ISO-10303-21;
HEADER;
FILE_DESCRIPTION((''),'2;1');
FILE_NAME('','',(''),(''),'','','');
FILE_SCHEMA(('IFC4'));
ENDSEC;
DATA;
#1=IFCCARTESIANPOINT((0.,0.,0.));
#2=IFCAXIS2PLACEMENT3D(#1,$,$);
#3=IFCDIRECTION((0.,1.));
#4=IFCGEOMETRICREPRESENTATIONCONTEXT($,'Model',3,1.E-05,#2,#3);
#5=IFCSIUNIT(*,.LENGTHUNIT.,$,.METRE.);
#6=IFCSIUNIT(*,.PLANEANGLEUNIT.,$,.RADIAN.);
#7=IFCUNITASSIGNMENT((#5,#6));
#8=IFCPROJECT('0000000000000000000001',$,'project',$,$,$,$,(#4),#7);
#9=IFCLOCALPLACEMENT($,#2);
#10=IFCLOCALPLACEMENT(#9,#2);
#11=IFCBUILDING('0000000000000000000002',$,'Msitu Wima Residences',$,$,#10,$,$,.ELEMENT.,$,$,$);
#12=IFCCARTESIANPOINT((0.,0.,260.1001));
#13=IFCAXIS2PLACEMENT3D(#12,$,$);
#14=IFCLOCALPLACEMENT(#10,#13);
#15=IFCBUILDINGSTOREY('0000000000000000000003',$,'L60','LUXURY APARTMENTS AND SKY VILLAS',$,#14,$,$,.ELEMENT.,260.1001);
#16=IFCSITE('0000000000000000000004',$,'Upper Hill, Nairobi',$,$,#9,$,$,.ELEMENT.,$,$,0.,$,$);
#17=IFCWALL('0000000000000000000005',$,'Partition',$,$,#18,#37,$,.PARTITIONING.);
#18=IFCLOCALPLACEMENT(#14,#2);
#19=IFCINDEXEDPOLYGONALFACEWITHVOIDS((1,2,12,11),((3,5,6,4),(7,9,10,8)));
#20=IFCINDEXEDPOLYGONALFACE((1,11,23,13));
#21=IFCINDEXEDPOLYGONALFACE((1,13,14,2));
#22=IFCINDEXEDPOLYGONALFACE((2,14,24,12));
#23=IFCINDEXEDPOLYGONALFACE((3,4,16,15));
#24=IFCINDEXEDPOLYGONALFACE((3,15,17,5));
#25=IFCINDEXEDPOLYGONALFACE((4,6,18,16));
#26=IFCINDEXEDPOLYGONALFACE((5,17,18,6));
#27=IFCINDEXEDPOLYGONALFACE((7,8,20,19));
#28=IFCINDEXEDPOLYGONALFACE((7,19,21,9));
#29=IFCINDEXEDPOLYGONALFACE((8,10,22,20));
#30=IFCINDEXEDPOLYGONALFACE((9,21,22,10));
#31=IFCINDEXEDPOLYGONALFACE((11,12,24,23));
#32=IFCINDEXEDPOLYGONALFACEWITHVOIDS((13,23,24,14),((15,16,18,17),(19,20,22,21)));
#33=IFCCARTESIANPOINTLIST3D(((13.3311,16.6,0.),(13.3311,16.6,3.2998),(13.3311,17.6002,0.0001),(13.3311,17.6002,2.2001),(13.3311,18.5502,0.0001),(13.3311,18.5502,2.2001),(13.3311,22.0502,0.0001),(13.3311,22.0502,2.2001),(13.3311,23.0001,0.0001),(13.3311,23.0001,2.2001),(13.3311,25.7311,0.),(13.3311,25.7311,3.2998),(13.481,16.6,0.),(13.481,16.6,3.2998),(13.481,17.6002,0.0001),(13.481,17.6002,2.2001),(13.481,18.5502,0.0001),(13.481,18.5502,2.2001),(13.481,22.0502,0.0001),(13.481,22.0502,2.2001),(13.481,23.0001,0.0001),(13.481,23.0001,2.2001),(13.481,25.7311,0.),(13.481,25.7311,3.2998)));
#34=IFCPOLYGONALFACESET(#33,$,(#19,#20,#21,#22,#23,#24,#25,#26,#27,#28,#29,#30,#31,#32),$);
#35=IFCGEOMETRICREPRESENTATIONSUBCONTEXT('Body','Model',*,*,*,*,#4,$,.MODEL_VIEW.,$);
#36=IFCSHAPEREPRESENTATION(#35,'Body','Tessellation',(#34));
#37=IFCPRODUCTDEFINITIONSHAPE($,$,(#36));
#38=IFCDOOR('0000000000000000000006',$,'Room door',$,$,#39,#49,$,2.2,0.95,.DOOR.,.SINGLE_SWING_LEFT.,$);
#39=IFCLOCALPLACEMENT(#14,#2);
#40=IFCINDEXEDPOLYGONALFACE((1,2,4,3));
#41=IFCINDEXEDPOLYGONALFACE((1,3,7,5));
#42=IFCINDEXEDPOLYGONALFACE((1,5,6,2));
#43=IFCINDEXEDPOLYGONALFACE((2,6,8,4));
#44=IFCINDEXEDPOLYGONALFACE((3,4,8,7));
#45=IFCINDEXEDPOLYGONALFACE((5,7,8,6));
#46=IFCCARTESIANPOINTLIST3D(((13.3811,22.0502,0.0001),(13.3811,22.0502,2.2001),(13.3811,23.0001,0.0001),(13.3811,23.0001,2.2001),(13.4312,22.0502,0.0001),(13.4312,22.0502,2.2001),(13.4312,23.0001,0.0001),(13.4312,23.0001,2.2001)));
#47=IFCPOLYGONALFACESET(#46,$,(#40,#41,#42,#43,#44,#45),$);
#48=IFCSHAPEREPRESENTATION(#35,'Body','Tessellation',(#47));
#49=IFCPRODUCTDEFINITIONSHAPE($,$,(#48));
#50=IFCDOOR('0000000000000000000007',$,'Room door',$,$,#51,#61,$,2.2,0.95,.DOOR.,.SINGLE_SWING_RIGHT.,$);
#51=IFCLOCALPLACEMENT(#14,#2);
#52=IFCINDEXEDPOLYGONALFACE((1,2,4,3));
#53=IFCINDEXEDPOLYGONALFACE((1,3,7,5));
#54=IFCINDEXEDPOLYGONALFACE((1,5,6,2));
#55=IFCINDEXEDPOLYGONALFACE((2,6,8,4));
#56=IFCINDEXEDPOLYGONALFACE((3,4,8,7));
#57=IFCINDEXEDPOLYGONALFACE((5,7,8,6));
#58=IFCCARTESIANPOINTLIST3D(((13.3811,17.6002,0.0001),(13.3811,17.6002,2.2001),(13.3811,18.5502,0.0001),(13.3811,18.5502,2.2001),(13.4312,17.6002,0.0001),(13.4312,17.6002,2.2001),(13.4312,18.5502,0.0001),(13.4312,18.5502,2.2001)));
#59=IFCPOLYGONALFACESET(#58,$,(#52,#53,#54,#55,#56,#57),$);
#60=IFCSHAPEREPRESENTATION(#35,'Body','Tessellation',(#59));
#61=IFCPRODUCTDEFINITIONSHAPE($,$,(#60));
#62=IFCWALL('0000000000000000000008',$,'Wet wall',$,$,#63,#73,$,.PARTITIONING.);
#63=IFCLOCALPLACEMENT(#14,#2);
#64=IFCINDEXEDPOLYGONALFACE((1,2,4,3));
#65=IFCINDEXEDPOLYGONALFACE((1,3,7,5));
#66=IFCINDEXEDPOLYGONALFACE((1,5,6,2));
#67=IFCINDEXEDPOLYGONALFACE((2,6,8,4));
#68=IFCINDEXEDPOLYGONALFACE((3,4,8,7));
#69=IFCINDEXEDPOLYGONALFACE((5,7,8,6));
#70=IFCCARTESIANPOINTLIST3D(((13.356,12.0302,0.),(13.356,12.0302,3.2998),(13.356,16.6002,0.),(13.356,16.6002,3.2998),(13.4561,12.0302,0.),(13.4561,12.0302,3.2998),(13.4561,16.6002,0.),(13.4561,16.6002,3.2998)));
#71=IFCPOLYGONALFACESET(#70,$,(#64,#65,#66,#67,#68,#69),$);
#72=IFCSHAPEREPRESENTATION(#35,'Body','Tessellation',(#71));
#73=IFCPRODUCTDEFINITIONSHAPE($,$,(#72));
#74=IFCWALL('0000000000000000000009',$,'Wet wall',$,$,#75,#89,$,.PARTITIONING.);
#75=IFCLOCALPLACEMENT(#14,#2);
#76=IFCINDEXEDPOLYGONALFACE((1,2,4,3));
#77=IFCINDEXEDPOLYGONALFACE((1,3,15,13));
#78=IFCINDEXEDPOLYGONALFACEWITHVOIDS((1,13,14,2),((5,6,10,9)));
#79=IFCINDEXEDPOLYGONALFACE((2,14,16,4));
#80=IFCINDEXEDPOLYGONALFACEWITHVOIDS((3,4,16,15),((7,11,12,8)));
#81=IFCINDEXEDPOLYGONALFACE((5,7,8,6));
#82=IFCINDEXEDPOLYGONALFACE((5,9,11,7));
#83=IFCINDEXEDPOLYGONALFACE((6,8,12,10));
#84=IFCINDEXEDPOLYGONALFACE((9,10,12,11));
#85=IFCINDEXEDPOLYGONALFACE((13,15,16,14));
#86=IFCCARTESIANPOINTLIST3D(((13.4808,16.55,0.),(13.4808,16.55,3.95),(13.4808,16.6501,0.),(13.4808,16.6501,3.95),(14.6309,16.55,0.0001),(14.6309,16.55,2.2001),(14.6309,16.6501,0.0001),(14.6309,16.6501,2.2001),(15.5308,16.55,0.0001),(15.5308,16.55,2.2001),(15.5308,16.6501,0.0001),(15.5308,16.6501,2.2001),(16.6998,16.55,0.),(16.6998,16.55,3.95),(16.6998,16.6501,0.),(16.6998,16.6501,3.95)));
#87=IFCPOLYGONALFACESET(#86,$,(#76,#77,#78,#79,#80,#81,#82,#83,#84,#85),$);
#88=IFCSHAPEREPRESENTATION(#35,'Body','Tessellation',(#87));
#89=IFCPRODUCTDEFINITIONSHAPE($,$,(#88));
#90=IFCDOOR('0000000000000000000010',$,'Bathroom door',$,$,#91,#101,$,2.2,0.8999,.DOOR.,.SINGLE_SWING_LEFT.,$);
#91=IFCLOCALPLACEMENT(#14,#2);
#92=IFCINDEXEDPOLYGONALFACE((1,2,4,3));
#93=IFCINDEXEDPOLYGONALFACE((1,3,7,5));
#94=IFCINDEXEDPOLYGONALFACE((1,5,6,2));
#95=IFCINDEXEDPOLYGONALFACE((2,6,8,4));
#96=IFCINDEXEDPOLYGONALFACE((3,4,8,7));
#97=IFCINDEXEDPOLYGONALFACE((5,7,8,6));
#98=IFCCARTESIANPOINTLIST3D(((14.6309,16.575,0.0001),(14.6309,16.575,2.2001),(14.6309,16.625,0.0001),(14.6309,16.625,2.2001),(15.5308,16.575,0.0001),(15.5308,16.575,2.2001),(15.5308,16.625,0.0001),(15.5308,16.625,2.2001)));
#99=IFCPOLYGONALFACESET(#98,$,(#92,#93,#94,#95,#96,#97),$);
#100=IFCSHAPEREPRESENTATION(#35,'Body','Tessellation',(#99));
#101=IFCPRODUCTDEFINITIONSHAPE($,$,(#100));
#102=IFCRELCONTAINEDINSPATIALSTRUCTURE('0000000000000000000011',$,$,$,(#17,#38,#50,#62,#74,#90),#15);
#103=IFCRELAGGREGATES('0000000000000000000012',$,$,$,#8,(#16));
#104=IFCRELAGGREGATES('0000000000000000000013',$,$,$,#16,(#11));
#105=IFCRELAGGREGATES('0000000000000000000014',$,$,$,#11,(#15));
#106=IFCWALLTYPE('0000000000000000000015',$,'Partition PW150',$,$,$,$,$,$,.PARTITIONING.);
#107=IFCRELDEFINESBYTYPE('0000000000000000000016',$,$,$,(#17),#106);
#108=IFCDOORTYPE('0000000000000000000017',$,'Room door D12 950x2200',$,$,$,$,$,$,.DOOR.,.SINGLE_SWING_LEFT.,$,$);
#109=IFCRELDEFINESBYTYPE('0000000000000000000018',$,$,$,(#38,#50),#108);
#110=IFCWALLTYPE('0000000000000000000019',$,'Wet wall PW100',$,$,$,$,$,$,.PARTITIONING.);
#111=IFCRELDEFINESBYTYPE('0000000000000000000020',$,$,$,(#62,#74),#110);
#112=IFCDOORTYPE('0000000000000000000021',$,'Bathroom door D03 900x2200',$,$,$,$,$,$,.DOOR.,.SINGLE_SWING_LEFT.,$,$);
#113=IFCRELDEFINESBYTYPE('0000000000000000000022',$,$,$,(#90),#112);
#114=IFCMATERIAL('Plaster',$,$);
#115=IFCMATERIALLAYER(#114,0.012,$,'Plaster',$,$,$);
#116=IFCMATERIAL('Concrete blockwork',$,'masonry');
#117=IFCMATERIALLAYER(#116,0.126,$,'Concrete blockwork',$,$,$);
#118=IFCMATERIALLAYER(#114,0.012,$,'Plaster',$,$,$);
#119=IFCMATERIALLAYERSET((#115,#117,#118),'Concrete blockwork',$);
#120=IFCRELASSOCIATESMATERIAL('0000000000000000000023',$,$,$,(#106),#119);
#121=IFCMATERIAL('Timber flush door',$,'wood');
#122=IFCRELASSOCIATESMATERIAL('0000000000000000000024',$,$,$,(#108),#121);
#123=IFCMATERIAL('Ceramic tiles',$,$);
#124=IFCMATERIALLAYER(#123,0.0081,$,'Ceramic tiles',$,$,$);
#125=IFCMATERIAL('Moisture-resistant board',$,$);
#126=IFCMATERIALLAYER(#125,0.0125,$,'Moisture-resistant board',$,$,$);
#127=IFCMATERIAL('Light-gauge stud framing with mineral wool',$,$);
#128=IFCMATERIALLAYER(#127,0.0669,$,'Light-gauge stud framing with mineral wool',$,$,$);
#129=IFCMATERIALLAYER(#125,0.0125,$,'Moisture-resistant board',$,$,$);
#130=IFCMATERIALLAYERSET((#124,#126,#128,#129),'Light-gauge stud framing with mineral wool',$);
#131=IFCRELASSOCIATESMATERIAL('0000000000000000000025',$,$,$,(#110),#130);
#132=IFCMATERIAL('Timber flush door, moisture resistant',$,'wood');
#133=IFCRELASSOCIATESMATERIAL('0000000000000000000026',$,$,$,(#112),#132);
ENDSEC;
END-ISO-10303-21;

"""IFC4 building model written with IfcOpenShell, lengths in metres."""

from ifc_helpers import new_model, si_unit, direction, frame, frame_2d, origin, place, context, subcontext, project, spatial, rectangle, extrude, material, layer, layer_set, type_object, element, fill, save


model = new_model("IFC4")

# Units and contexts
model_context = context("Model", 3, precision=1e-05, world=origin(), true_north=direction((0.0, 1.0)))
body_context = subcontext(model_context, "Body", "Model", "MODEL_VIEW")
ifc_project = project(units=[si_unit("LENGTHUNIT", "METRE"), si_unit("PLANEANGLEUNIT", "RADIAN")], contexts=[model_context])

# Site, building, storey
site_placement = place(None, origin())
site = spatial("IfcSite", under=ifc_project, at=site_placement, Name="Upper Hill, Nairobi", CompositionType="ELEMENT", RefElevation=0.0)
building_placement = place(site_placement, origin())
building = spatial("IfcBuilding", under=site, at=building_placement, Name="Msitu Wima Residences", CompositionType="ELEMENT")
storey_placement = place(building_placement, frame((0.0, 0.0, 260.1001)))
storey = spatial("IfcBuildingStorey", under=building, at=storey_placement, Name="L60", Description="LUXURY APARTMENTS AND SKY VILLAS", CompositionType="ELEMENT", Elevation=260.1001)

# Shared definitions
ifc_material_1 = material(Name="Plaster")
ifc_material_2 = material(Name="Concrete blockwork", Category="masonry")

# Shared definitions
ifc_layer_1 = layer(ifc_material_1, 0.012, Name="Plaster")
ifc_layer_2 = layer(ifc_material_2, 0.126, Name="Concrete blockwork")
ifc_layer_3 = layer(ifc_material_1, 0.012, Name="Plaster")
ifc_layer_set_1 = layer_set([ifc_layer_1, ifc_layer_2, ifc_layer_3], Name="Concrete blockwork")
wall_type_1 = type_object("IfcWallType", Name="Partition PW150", PredefinedType="PARTITIONING", material=ifc_layer_set_1)
ifc_material_3 = material(Name="Timber flush door", Category="wood")
door_type_1 = type_object("IfcDoorType", Name="Room door D12 950x2200", OperationType="SINGLE_SWING_LEFT", PredefinedType="DOOR", material=ifc_material_3)

# Wall, openings, doors
wall_1_placement = place(storey_placement, frame((13.406, 16.6001, 0.0), z_axis=(0.0, 0.0, 1.0), x_axis=(0.0, 1.0, 0.0)))
wall_1 = element("IfcWall", 1, at=wall_1_placement, inside=storey, type_object=wall_type_1, Name="Partition", PredefinedType="PARTITIONING", context=body_context, shape_type="SweptSolid", body=[
    extrude(rectangle(XDim=9.1311, YDim=0.1499, at=frame_2d((4.5654, 0.0))), origin(), (0.0, 0.0, 1.0), 3.2998),
])
opening_1_placement = place(wall_1_placement, frame((5.45, 0.0, 0.0)))
opening_1 = element("IfcOpeningElement", 2, at=opening_1_placement, cuts=wall_1, PredefinedType="OPENING", context=body_context, shape_type="SweptSolid", body=[
    extrude(rectangle(XDim=0.95, YDim=2.2, at=frame_2d((0.4751, 1.1001))), frame((0.0, 0.085, 0.0), z_axis=(0.0, -1.0, 0.0), x_axis=(1.0, 0.0, 0.0)), (0.0, 0.0, 1.0), 0.1699),
])
opening_2_placement = place(wall_1_placement, frame((1.0, 0.0, 0.0)))
opening_2 = element("IfcOpeningElement", 3, at=opening_2_placement, cuts=wall_1, PredefinedType="OPENING", context=body_context, shape_type="SweptSolid", body=[
    extrude(rectangle(XDim=0.95, YDim=2.2, at=frame_2d((0.4751, 1.1001))), frame((0.0, 0.085, 0.0), z_axis=(0.0, -1.0, 0.0), x_axis=(1.0, 0.0, 0.0)), (0.0, 0.0, 1.0), 0.1699),
])
door_1_placement = place(opening_1_placement, origin())
door_1 = element("IfcDoor", 4, at=door_1_placement, inside=storey, type_object=door_type_1, Name="Room door", OperationType="SINGLE_SWING_LEFT", OverallHeight=2.2, OverallWidth=0.95, PredefinedType="DOOR", context=body_context, shape_type="SweptSolid", body=[
    extrude(rectangle(XDim=0.95, YDim=2.2, at=frame_2d((0.4751, 1.1001))), frame((0.0, 0.0249, 0.0), z_axis=(0.0, -1.0, 0.0), x_axis=(1.0, 0.0, 0.0)), (0.0, 0.0, 1.0), 0.05),
])
fill(opening_1, door_1)
door_2_placement = place(opening_2_placement, origin())
door_2 = element("IfcDoor", 5, at=door_2_placement, inside=storey, type_object=door_type_1, Name="Room door", OperationType="SINGLE_SWING_RIGHT", OverallHeight=2.2, OverallWidth=0.95, PredefinedType="DOOR", context=body_context, shape_type="SweptSolid", body=[
    extrude(rectangle(XDim=0.95, YDim=2.2, at=frame_2d((0.4751, 1.1001))), frame((0.0, 0.0249, 0.0), z_axis=(0.0, -1.0, 0.0), x_axis=(1.0, 0.0, 0.0)), (0.0, 0.0, 1.0), 0.05),
])
fill(opening_2, door_2)

# Wall
ifc_material_4 = material(Name="Ceramic tiles")
ifc_layer_4 = layer(ifc_material_4, 0.0081, Name="Ceramic tiles")
ifc_material_5 = material(Name="Moisture-resistant board")
ifc_layer_5 = layer(ifc_material_5, 0.0125, Name="Moisture-resistant board")
ifc_material_6 = material(Name="Light-gauge stud framing with mineral wool")
ifc_layer_6 = layer(ifc_material_6, 0.0669, Name="Light-gauge stud framing with mineral wool")
ifc_layer_7 = layer(ifc_material_5, 0.0125, Name="Moisture-resistant board")
ifc_layer_set_2 = layer_set([ifc_layer_4, ifc_layer_5, ifc_layer_6, ifc_layer_7], Name="Light-gauge stud framing with mineral wool")
wall_type_2 = type_object("IfcWallType", Name="Wet wall PW100", PredefinedType="PARTITIONING", material=ifc_layer_set_2)
wall_2_placement = place(storey_placement, frame((13.406, 12.03, 0.0), z_axis=(0.0, 0.0, 1.0), x_axis=(0.0, 1.0, 0.0)))
element("IfcWall", 6, at=wall_2_placement, inside=storey, type_object=wall_type_2, Name="Wet wall", PredefinedType="PARTITIONING", context=body_context, shape_type="SweptSolid", body=[
    extrude(rectangle(XDim=4.5701, YDim=0.1001, at=frame_2d((2.2852, 0.0))), origin(), (0.0, 0.0, 1.0), 3.2998),
])

# Wall, opening, door
wall_3_placement = place(storey_placement, frame((13.481, 16.6001, 0.0), z_axis=(0.0, 0.0, 1.0), x_axis=(1.0, 0.0, 0.0)))
wall_3 = element("IfcWall", 7, at=wall_3_placement, inside=storey, type_object=wall_type_2, Name="Wet wall", PredefinedType="PARTITIONING", context=body_context, shape_type="SweptSolid", body=[
    extrude(rectangle(XDim=3.219, YDim=0.1001, at=frame_2d((1.6094, 0.0))), origin(), (0.0, 0.0, 1.0), 3.95),
])
opening_3_placement = place(wall_3_placement, frame((1.1499, 0.0, 0.0)))
opening_3 = element("IfcOpeningElement", 8, at=opening_3_placement, cuts=wall_3, PredefinedType="OPENING", context=body_context, shape_type="SweptSolid", body=[
    extrude(rectangle(XDim=0.8999, YDim=2.2, at=frame_2d((0.45, 1.1001))), frame((0.0, 0.0601, 0.0), z_axis=(0.0, -1.0, 0.0), x_axis=(1.0, 0.0, 0.0)), (0.0, 0.0, 1.0), 0.1201),
])
ifc_material_7 = material(Name="Timber flush door, moisture resistant", Category="wood")
door_type_2 = type_object("IfcDoorType", Name="Bathroom door D03 900x2200", OperationType="SINGLE_SWING_LEFT", PredefinedType="DOOR", material=ifc_material_7)
door_3_placement = place(opening_3_placement, origin())
door_3 = element("IfcDoor", 9, at=door_3_placement, inside=storey, type_object=door_type_2, Name="Bathroom door", OperationType="SINGLE_SWING_LEFT", OverallHeight=2.2, OverallWidth=0.8999, PredefinedType="DOOR", context=body_context, shape_type="SweptSolid", body=[
    extrude(rectangle(XDim=0.8999, YDim=2.2, at=frame_2d((0.45, 1.1001))), frame((0.0, 0.0249, 0.0), z_axis=(0.0, -1.0, 0.0), x_axis=(1.0, 0.0, 0.0)), (0.0, 0.0, 1.0), 0.05),
])
fill(opening_3, door_3)

save(model, "model.ifc")
